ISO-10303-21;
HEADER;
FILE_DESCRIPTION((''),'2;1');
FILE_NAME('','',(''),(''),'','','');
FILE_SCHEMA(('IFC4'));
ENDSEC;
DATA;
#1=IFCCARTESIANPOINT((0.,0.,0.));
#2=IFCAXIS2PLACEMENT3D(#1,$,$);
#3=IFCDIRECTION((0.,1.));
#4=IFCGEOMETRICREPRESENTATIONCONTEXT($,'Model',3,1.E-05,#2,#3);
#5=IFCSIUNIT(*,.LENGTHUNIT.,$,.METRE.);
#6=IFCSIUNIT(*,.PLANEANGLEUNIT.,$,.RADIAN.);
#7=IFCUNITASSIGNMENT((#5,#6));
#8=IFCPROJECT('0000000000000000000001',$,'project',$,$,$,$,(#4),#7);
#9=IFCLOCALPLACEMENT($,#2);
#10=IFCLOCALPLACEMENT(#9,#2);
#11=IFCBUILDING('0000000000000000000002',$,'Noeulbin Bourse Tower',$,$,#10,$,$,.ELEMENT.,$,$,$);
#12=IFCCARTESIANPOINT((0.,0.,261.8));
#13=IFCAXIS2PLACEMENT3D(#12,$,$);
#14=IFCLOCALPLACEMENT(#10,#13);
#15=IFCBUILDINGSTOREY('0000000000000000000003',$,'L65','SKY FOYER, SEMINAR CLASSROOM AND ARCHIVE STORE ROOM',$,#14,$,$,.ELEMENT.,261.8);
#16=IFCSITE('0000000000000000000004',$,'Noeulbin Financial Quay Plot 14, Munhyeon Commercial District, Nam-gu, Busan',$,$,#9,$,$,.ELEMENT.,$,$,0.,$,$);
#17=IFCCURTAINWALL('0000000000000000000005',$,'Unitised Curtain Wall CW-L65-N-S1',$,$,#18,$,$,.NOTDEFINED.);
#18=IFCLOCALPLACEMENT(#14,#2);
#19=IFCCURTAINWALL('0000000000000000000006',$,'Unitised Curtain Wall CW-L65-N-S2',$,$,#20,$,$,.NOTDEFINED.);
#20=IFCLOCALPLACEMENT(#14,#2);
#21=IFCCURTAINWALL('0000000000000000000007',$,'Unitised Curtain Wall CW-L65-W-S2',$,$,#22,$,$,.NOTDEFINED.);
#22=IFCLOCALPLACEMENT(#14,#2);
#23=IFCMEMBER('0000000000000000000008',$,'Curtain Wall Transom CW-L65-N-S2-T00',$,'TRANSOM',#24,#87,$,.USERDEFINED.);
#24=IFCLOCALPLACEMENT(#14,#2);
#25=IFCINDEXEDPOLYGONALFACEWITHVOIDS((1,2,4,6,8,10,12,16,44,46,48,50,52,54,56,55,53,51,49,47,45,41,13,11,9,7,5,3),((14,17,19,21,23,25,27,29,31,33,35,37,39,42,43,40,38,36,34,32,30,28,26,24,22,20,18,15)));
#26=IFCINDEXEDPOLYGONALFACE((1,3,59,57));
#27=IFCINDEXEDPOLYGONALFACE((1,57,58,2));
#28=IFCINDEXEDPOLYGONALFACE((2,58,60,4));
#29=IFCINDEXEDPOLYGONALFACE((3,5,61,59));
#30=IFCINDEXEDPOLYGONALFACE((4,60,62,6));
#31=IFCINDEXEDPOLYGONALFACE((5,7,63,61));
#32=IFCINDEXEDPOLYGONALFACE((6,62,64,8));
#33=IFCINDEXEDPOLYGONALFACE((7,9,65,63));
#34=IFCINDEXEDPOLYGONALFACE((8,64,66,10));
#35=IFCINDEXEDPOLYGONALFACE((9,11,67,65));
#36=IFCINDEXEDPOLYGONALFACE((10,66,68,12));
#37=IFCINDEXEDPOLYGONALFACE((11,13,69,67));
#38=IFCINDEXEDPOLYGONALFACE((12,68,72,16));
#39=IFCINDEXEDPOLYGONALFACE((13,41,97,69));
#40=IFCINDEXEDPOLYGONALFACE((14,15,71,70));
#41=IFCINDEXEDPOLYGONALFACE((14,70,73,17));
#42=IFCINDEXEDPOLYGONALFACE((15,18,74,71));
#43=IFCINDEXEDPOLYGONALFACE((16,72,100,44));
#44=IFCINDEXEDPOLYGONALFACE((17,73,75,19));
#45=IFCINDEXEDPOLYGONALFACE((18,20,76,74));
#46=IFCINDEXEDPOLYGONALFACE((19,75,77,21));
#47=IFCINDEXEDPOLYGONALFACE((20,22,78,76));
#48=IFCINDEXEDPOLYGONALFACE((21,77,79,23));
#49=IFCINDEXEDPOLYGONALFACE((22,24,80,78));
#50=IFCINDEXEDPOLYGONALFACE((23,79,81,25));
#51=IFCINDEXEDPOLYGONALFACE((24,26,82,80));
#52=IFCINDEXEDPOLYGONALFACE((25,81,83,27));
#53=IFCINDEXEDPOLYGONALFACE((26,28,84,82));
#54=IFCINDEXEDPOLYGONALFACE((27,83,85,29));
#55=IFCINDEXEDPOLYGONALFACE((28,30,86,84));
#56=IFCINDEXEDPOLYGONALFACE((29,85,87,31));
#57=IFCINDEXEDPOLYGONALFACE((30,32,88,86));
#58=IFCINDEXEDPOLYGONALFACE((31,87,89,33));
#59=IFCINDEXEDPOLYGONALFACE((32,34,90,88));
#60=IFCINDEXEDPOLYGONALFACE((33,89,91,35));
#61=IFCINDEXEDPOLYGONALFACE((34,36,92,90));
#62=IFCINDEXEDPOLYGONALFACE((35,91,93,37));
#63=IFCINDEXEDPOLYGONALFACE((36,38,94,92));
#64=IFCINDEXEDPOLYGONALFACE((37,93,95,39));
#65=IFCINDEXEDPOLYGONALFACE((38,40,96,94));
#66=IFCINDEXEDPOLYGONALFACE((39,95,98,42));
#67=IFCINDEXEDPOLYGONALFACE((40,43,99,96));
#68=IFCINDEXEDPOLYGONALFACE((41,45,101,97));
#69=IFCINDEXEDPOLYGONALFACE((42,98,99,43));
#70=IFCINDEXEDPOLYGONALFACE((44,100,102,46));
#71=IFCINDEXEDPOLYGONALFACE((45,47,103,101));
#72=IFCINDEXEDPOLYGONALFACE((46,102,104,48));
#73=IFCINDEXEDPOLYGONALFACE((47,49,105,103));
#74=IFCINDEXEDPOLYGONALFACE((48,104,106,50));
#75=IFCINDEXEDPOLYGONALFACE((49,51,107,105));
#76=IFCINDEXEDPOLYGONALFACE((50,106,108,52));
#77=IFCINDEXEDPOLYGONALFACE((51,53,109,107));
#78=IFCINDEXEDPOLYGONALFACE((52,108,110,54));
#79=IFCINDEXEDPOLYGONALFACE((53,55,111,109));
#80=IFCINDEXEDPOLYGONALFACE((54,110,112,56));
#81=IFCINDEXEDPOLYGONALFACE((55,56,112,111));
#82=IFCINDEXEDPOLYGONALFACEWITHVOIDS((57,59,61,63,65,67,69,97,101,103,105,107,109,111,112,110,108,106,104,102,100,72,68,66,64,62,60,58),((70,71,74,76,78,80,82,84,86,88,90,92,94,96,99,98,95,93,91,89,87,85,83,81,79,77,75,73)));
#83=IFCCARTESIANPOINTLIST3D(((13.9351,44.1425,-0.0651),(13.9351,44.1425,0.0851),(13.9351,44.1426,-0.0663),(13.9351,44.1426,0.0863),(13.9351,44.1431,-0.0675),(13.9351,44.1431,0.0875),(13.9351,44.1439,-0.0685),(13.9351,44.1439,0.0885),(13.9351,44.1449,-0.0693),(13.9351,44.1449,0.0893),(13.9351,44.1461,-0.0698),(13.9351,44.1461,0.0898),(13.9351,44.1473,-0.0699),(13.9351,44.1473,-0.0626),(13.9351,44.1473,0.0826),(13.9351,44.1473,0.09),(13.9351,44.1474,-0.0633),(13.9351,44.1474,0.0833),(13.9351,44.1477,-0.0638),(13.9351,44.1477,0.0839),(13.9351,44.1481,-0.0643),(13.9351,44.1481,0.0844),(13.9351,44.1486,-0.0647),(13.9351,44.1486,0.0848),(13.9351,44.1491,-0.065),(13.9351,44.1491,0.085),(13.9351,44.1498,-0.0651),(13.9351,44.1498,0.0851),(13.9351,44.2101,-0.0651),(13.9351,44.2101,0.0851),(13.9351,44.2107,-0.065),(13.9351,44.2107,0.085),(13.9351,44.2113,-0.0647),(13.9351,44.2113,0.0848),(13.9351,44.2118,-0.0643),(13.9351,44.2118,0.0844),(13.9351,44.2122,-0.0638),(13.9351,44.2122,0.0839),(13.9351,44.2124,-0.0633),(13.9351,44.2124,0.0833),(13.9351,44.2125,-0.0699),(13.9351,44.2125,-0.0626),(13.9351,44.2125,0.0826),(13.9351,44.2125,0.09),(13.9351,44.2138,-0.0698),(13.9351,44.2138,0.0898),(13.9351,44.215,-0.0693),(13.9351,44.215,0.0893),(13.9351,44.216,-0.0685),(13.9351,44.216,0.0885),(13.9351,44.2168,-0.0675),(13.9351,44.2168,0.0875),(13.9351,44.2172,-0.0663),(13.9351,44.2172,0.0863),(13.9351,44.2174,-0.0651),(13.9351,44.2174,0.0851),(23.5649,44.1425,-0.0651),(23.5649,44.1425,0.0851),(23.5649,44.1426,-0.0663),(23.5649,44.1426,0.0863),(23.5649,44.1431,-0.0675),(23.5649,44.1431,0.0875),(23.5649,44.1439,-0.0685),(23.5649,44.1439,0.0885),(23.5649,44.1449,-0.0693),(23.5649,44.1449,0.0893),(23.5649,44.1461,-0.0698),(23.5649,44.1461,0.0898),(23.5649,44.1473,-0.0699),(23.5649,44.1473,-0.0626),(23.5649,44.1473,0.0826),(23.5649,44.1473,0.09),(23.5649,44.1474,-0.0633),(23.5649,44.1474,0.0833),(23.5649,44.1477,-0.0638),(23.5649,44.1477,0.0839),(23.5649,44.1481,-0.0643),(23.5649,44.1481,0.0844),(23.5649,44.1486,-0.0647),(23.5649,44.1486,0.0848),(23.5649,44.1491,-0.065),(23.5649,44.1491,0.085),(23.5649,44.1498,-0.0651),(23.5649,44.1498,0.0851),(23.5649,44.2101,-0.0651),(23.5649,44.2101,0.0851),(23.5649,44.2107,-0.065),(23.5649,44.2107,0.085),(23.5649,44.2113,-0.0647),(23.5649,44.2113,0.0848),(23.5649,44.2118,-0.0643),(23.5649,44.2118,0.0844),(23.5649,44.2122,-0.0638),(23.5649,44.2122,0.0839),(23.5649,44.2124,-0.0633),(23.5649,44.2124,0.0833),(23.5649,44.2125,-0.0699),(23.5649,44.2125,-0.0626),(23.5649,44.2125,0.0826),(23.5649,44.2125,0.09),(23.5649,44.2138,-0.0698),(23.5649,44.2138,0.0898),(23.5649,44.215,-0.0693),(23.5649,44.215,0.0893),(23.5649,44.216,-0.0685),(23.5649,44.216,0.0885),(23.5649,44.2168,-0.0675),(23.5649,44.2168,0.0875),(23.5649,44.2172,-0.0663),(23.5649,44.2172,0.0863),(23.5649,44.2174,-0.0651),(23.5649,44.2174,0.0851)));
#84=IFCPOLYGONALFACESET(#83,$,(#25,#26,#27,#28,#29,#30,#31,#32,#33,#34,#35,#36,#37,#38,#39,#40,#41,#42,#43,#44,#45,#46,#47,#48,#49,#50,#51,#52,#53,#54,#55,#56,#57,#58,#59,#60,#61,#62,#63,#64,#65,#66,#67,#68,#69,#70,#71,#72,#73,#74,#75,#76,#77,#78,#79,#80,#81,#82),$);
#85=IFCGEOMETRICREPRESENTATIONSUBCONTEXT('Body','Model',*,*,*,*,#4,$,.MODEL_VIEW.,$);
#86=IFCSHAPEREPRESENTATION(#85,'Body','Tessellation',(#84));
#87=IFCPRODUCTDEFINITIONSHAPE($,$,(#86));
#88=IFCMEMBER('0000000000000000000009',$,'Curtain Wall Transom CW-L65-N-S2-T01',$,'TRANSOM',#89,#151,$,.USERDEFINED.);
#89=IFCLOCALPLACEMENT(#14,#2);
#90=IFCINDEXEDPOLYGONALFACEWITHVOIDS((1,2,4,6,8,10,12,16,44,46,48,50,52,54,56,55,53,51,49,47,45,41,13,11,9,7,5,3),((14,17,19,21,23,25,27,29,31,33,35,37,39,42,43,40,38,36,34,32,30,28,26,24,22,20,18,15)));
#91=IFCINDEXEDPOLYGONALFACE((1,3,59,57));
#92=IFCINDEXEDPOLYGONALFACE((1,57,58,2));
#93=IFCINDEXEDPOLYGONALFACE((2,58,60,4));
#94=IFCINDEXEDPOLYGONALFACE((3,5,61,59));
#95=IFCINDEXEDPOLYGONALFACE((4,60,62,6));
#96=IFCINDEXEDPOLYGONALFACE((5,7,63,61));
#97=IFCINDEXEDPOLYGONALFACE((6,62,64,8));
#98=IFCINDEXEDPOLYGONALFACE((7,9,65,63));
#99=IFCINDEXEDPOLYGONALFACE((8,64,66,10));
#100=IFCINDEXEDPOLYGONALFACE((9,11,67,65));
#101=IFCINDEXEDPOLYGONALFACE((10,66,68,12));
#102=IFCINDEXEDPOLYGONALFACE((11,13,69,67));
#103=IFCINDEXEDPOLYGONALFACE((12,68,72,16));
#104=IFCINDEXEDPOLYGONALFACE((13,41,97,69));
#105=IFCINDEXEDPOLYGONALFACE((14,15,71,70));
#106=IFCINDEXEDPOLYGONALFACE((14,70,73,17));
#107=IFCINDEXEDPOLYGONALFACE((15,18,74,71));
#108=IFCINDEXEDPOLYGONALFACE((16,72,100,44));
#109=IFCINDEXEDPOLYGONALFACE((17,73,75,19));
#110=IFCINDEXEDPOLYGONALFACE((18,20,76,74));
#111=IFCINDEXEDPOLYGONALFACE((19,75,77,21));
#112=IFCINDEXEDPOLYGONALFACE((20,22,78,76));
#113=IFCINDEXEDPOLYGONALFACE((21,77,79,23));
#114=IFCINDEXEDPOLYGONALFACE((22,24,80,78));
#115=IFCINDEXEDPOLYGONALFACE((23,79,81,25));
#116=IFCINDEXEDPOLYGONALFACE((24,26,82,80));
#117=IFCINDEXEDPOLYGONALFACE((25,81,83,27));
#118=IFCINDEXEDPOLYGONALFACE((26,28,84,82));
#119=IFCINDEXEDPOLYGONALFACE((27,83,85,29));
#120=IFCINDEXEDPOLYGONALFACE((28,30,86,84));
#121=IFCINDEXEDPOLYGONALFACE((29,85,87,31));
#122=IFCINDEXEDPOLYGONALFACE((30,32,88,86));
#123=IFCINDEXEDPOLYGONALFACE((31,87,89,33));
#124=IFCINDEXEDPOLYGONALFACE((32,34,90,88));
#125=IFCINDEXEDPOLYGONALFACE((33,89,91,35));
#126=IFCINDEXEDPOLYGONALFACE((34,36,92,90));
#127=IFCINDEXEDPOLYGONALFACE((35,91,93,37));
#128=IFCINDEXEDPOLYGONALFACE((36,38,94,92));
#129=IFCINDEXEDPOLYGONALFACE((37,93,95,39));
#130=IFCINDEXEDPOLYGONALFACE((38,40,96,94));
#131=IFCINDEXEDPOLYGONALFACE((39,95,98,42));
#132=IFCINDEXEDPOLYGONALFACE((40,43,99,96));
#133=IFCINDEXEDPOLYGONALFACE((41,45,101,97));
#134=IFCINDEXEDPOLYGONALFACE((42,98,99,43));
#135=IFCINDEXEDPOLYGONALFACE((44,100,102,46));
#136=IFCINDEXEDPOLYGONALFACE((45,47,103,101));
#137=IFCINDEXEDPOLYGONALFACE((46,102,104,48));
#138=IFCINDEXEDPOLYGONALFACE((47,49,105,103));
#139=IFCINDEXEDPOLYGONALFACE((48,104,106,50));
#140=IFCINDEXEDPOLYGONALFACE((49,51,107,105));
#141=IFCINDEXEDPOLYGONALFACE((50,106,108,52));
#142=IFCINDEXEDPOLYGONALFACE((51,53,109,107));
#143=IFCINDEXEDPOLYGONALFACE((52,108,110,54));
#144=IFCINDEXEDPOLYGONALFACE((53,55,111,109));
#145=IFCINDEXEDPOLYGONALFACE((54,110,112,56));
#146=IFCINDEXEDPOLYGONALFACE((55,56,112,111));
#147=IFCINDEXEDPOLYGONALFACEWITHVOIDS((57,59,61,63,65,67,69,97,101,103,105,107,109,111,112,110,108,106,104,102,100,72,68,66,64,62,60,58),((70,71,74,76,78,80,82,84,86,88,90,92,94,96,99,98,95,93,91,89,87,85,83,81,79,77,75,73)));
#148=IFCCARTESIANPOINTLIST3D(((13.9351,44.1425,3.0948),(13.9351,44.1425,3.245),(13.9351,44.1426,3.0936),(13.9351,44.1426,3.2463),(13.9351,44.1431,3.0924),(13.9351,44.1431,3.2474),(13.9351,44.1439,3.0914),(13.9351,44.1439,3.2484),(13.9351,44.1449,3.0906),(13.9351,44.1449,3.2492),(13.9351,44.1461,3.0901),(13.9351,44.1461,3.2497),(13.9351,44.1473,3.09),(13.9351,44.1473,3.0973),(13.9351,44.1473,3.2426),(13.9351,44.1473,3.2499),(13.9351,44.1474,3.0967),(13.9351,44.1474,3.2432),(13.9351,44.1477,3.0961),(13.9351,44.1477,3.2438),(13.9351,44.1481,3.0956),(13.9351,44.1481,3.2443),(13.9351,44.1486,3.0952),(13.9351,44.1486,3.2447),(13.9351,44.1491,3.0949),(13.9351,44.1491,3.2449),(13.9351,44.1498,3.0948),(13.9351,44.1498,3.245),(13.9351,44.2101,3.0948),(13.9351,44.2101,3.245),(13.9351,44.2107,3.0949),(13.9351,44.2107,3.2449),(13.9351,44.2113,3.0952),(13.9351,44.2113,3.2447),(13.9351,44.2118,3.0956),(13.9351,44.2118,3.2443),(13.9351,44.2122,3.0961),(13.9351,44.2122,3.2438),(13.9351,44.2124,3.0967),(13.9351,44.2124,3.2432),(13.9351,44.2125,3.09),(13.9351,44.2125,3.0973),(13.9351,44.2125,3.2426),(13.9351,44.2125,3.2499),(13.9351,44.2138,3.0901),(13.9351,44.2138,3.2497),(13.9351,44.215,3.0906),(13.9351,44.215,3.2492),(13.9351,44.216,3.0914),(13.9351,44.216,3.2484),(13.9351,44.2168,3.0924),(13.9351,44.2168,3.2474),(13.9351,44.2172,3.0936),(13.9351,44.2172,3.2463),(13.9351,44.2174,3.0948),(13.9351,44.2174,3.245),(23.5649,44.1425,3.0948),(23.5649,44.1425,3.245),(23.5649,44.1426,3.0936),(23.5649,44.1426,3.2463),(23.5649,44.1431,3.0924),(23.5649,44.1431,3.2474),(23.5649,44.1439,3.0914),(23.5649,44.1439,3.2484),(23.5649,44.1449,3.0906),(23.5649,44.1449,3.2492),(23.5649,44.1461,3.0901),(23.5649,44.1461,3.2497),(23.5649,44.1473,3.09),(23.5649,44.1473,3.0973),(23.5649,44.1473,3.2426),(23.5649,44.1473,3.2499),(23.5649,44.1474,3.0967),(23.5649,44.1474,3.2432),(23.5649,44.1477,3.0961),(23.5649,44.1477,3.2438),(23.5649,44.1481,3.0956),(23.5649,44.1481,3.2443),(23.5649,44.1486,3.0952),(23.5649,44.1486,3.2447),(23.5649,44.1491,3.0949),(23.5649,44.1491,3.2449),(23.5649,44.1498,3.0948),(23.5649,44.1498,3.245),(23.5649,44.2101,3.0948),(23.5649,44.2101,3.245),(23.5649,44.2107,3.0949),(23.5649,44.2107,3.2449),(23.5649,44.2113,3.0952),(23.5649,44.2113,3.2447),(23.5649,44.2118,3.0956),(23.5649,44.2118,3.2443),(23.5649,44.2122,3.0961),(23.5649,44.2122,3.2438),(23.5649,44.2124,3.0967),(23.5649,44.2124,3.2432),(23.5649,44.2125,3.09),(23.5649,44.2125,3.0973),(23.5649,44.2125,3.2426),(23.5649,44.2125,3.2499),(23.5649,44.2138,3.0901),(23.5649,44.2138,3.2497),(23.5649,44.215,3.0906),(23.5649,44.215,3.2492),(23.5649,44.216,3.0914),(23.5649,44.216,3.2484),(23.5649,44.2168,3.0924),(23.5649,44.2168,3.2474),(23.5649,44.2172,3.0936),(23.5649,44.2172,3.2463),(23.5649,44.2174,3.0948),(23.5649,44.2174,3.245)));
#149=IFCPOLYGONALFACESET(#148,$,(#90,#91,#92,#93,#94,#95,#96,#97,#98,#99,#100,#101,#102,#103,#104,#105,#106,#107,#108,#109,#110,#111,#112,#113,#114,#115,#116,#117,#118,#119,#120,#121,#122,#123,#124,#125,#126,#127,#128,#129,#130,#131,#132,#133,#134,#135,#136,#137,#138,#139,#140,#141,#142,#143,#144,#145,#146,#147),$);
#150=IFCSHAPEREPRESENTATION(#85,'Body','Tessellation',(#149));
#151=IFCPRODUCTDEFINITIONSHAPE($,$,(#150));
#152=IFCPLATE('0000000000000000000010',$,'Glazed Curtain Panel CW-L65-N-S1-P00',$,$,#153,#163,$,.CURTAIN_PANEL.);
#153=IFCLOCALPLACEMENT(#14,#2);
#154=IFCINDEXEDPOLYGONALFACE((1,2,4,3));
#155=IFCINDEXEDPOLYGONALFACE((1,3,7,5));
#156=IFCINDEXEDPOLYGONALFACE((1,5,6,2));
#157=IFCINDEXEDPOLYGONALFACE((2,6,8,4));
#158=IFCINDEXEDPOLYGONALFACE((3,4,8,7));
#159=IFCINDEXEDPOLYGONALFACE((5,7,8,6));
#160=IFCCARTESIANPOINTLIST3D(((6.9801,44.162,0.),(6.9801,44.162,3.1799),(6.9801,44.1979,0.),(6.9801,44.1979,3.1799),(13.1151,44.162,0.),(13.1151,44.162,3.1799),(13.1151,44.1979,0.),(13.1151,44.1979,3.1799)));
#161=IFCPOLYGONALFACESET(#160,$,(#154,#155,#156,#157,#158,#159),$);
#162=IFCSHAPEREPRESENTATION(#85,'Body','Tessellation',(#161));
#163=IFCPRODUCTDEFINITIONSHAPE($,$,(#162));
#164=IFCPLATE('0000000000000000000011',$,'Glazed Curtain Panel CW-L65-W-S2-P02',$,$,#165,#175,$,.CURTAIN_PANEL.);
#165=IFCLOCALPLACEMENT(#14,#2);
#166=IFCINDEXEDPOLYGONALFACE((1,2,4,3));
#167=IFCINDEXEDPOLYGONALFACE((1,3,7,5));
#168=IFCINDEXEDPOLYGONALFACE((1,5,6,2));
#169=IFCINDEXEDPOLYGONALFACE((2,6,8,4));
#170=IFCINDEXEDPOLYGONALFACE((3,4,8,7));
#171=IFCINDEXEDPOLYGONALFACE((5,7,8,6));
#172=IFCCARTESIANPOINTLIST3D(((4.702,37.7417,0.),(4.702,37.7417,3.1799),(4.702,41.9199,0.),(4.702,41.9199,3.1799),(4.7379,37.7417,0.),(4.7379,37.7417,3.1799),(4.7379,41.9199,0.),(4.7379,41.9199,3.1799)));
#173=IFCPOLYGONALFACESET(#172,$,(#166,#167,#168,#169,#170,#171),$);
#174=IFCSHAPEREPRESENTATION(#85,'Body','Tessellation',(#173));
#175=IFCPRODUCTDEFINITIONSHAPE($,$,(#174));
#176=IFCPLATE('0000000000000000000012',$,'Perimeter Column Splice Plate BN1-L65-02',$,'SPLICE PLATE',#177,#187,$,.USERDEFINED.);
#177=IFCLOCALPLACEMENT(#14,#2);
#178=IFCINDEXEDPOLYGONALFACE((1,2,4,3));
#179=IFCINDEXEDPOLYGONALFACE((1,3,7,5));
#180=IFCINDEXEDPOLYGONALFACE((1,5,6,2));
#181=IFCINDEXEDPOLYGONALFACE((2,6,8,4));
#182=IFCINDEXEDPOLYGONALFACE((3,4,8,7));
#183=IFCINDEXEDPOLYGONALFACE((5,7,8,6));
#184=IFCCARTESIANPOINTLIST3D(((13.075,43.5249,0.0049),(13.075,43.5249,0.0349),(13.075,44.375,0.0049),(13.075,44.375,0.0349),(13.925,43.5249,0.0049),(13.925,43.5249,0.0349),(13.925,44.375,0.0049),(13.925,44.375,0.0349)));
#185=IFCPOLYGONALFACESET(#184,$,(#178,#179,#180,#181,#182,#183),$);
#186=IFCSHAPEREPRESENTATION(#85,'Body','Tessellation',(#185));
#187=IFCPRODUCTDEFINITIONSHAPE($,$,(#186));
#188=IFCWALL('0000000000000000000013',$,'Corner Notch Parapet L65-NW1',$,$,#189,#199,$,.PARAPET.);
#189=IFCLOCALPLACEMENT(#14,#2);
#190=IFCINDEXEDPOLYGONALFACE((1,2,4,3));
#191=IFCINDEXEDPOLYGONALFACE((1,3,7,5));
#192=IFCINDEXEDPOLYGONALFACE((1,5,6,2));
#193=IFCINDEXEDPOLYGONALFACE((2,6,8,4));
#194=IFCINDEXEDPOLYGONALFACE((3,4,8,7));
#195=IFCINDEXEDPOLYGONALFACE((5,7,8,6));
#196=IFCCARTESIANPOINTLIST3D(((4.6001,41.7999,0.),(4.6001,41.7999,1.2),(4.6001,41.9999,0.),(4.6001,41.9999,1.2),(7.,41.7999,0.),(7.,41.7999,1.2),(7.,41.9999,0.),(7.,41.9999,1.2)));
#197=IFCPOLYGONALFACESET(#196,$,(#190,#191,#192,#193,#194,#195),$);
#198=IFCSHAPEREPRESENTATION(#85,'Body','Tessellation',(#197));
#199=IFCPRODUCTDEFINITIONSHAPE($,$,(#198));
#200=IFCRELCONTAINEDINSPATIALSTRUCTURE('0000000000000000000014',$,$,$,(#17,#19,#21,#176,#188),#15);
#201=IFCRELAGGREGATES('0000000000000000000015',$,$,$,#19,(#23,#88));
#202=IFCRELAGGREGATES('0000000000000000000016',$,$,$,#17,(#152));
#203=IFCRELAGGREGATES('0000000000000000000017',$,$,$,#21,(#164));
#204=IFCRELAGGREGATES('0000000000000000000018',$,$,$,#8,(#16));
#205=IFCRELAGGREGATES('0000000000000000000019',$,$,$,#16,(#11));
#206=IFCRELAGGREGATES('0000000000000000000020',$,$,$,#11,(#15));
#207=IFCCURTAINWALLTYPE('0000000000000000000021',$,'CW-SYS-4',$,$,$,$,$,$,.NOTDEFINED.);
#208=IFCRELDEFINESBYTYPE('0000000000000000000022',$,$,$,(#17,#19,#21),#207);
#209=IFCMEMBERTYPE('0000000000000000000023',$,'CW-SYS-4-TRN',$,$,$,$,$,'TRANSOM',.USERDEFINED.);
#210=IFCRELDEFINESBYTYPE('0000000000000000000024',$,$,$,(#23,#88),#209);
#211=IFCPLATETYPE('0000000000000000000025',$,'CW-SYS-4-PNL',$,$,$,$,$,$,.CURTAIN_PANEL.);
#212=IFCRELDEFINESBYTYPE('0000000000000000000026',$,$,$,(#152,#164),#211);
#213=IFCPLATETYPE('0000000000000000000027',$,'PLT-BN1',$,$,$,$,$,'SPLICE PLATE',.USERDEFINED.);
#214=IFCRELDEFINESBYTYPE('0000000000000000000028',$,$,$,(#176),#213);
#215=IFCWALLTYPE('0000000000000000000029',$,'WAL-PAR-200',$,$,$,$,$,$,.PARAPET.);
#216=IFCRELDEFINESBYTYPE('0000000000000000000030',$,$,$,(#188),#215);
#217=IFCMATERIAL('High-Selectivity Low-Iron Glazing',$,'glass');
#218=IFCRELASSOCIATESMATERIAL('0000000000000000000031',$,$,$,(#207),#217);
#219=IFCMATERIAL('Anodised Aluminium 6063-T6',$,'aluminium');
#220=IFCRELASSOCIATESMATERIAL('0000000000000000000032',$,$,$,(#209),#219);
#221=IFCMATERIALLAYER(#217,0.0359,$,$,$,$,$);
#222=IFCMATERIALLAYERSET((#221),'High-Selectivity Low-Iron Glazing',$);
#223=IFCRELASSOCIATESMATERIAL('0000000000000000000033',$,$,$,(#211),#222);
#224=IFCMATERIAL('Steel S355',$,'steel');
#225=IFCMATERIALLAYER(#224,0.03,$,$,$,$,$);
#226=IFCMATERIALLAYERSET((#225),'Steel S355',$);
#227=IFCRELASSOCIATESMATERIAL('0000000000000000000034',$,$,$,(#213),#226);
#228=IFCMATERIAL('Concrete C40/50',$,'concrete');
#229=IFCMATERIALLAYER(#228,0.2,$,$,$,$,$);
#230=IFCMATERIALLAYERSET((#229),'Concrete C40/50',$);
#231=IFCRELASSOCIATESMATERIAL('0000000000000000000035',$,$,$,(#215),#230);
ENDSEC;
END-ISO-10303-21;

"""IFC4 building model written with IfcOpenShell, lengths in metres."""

from ifc_helpers import new_model, si_unit, direction, frame, frame_2d, origin, origin_2d, place, context, subcontext, project, spatial, rectangle, hollow_rectangle, extrude, material, layer, layer_set, material_profile, profile_set, type_object, element, aggregate, save


model = new_model("IFC4")

# Units and contexts
model_context = context("Model", 3, precision=1e-05, world=origin(), true_north=direction((0.0, 1.0)))
body_context = subcontext(model_context, "Body", "Model", "MODEL_VIEW")
ifc_project = project(units=[si_unit("LENGTHUNIT", "METRE"), si_unit("PLANEANGLEUNIT", "RADIAN")], contexts=[model_context])

# Site, building, storey
site_placement = place(None, origin())
site = spatial("IfcSite", under=ifc_project, at=site_placement, Name="Noeulbin Financial Quay Plot 14, Munhyeon Commercial District, Nam-gu, Busan", CompositionType="ELEMENT", RefElevation=0.0)
building_placement = place(site_placement, origin())
building = spatial("IfcBuilding", under=site, at=building_placement, Name="Noeulbin Bourse Tower", CompositionType="ELEMENT")
storey_placement = place(building_placement, frame((0.0, 0.0, 261.8)))
storey = spatial("IfcBuildingStorey", under=building, at=storey_placement, Name="L65", Description="SKY FOYER, SEMINAR CLASSROOM AND ARCHIVE STORE ROOM", CompositionType="ELEMENT", Elevation=261.8)

# Shared definitions
ifc_material_1 = material(Name="Steel S355", Category="steel")

# Curtain wall
ifc_material_2 = material(Name="High-Selectivity Low-Iron Glazing", Category="glass")
curtain_wall_type = type_object("IfcCurtainWallType", Name="CW-SYS-4", PredefinedType="NOTDEFINED", material=ifc_material_2)
curtain_wall_1_placement = place(storey_placement, origin())
curtain_wall_1 = element("IfcCurtainWall", 1, at=curtain_wall_1_placement, inside=storey, type_object=curtain_wall_type, Name="Unitised Curtain Wall CW-L65-N-S1", PredefinedType="NOTDEFINED")
ifc_material_3 = material(Name="Anodised Aluminium 6063-T6", Category="aluminium")

# Curtain walls
curtain_wall_2_placement = place(storey_placement, origin())
curtain_wall_2 = element("IfcCurtainWall", 2, at=curtain_wall_2_placement, inside=storey, type_object=curtain_wall_type, Name="Unitised Curtain Wall CW-L65-N-S2", PredefinedType="NOTDEFINED")
curtain_wall_3_placement = place(storey_placement, origin())
curtain_wall_3 = element("IfcCurtainWall", 3, at=curtain_wall_3_placement, inside=storey, type_object=curtain_wall_type, Name="Unitised Curtain Wall CW-L65-W-S2", PredefinedType="NOTDEFINED")

# Members
ifc_material_profile_1 = material_profile(ifc_material_3, hollow_rectangle(XDim=0.075, YDim=0.1599, WallThickness=0.0049, InnerFilletRadius=0.0024, OuterFilletRadius=0.0049, at=origin_2d()), Name="ALU-TRAN-75x160x5", Category="LoadBearing")
ifc_profile_set_1 = profile_set([ifc_material_profile_1], Name="Anodised Aluminium 6063-T6")
member_type_1 = type_object("IfcMemberType", Name="CW-SYS-4-TRN", ElementType="TRANSOM", PredefinedType="USERDEFINED", material=ifc_profile_set_1)
member_1_placement = place(storey_placement, frame((13.9351, 44.1799, 0.01), z_axis=(1.0, 0.0, 0.0), x_axis=(0.0, 1.0, 0.0)))
member_1 = element("IfcMember", 4, at=member_1_placement, type_object=member_type_1, Name="Curtain Wall Transom CW-L65-N-S2-T00", ObjectType="TRANSOM", PredefinedType="USERDEFINED", context=body_context, shape_type="SweptSolid", body=[
    extrude(hollow_rectangle(XDim=0.075, YDim=0.1599, WallThickness=0.0049, InnerFilletRadius=0.0024, OuterFilletRadius=0.0049, at=origin_2d()), origin(), (0.0, 0.0, 1.0), 9.6299),
])
member_2_placement = place(storey_placement, frame((13.9351, 44.1799, 3.1699), z_axis=(1.0, 0.0, 0.0), x_axis=(0.0, 1.0, 0.0)))
member_2 = element("IfcMember", 5, at=member_2_placement, type_object=member_type_1, Name="Curtain Wall Transom CW-L65-N-S2-T01", ObjectType="TRANSOM", PredefinedType="USERDEFINED", context=body_context, shape_type="SweptSolid", body=[
    extrude(hollow_rectangle(XDim=0.075, YDim=0.1599, WallThickness=0.0049, InnerFilletRadius=0.0024, OuterFilletRadius=0.0049, at=origin_2d()), origin(), (0.0, 0.0, 1.0), 9.6299),
])
aggregate(curtain_wall_2, [member_1, member_2])

# Plates
ifc_layer_1 = layer(ifc_material_2, 0.0359)
ifc_layer_set_1 = layer_set([ifc_layer_1], Name="High-Selectivity Low-Iron Glazing")
plate_type_1 = type_object("IfcPlateType", Name="CW-SYS-4-PNL", PredefinedType="CURTAIN_PANEL", material=ifc_layer_set_1)
plate_1_placement = place(storey_placement, frame((10.0476, 44.1799, 0.0), z_axis=(0.0, 0.0, 1.0), x_axis=(1.0, 0.0, 0.0)))
plate_1 = element("IfcPlate", 6, at=plate_1_placement, type_object=plate_type_1, Name="Glazed Curtain Panel CW-L65-N-S1-P00", PredefinedType="CURTAIN_PANEL", context=body_context, shape_type="SweptSolid", body=[
    extrude(rectangle(XDim=6.135, YDim=0.0359, at=origin_2d()), origin(), (0.0, 0.0, 1.0), 3.1799),
])
aggregate(curtain_wall_1, [plate_1])
plate_2_placement = place(storey_placement, frame((4.72, 39.8308, 0.0), z_axis=(0.0, 0.0, 1.0), x_axis=(0.0, 1.0, 0.0)))
plate_2 = element("IfcPlate", 7, at=plate_2_placement, type_object=plate_type_1, Name="Glazed Curtain Panel CW-L65-W-S2-P02", PredefinedType="CURTAIN_PANEL", context=body_context, shape_type="SweptSolid", body=[
    extrude(rectangle(XDim=4.1782, YDim=0.0359, at=origin_2d()), origin(), (0.0, 0.0, 1.0), 3.1799),
])
aggregate(curtain_wall_3, [plate_2])
ifc_layer_2 = layer(ifc_material_1, 0.03)
ifc_layer_set_2 = layer_set([ifc_layer_2], Name="Steel S355")
plate_type_2 = type_object("IfcPlateType", Name="PLT-BN1", ElementType="SPLICE PLATE", PredefinedType="USERDEFINED", material=ifc_layer_set_2)
plate_3_placement = place(storey_placement, frame((13.5, 43.95, 0.0049), z_axis=(0.0, 0.0, 1.0), x_axis=(1.0, 0.0, 0.0)))
element("IfcPlate", 8, at=plate_3_placement, inside=storey, type_object=plate_type_2, Name="Perimeter Column Splice Plate BN1-L65-02", ObjectType="SPLICE PLATE", PredefinedType="USERDEFINED", context=body_context, shape_type="SweptSolid", body=[
    extrude(rectangle(XDim=0.8501, YDim=0.8501, at=origin_2d()), origin(), (0.0, 0.0, 1.0), 0.03),
])

# Wall
ifc_material_4 = material(Name="Concrete C40/50", Category="concrete")
ifc_layer_3 = layer(ifc_material_4, 0.2)
ifc_layer_set_3 = layer_set([ifc_layer_3], Name="Concrete C40/50")
wall_type_1 = type_object("IfcWallType", Name="WAL-PAR-200", PredefinedType="PARAPET", material=ifc_layer_set_3)
wall_1_placement = place(storey_placement, frame((4.6001, 41.8999, 0.0), z_axis=(0.0, 0.0, 1.0), x_axis=(1.0, 0.0, 0.0)))
element("IfcWall", 9, at=wall_1_placement, inside=storey, type_object=wall_type_1, Name="Corner Notch Parapet L65-NW1", PredefinedType="PARAPET", context=body_context, shape_type="SweptSolid", body=[
    extrude(rectangle(XDim=2.3999, YDim=0.2, at=frame_2d((1.2, 0.0))), origin(), (0.0, 0.0, 1.0), 1.2),
])

save(model, "model.ifc")
